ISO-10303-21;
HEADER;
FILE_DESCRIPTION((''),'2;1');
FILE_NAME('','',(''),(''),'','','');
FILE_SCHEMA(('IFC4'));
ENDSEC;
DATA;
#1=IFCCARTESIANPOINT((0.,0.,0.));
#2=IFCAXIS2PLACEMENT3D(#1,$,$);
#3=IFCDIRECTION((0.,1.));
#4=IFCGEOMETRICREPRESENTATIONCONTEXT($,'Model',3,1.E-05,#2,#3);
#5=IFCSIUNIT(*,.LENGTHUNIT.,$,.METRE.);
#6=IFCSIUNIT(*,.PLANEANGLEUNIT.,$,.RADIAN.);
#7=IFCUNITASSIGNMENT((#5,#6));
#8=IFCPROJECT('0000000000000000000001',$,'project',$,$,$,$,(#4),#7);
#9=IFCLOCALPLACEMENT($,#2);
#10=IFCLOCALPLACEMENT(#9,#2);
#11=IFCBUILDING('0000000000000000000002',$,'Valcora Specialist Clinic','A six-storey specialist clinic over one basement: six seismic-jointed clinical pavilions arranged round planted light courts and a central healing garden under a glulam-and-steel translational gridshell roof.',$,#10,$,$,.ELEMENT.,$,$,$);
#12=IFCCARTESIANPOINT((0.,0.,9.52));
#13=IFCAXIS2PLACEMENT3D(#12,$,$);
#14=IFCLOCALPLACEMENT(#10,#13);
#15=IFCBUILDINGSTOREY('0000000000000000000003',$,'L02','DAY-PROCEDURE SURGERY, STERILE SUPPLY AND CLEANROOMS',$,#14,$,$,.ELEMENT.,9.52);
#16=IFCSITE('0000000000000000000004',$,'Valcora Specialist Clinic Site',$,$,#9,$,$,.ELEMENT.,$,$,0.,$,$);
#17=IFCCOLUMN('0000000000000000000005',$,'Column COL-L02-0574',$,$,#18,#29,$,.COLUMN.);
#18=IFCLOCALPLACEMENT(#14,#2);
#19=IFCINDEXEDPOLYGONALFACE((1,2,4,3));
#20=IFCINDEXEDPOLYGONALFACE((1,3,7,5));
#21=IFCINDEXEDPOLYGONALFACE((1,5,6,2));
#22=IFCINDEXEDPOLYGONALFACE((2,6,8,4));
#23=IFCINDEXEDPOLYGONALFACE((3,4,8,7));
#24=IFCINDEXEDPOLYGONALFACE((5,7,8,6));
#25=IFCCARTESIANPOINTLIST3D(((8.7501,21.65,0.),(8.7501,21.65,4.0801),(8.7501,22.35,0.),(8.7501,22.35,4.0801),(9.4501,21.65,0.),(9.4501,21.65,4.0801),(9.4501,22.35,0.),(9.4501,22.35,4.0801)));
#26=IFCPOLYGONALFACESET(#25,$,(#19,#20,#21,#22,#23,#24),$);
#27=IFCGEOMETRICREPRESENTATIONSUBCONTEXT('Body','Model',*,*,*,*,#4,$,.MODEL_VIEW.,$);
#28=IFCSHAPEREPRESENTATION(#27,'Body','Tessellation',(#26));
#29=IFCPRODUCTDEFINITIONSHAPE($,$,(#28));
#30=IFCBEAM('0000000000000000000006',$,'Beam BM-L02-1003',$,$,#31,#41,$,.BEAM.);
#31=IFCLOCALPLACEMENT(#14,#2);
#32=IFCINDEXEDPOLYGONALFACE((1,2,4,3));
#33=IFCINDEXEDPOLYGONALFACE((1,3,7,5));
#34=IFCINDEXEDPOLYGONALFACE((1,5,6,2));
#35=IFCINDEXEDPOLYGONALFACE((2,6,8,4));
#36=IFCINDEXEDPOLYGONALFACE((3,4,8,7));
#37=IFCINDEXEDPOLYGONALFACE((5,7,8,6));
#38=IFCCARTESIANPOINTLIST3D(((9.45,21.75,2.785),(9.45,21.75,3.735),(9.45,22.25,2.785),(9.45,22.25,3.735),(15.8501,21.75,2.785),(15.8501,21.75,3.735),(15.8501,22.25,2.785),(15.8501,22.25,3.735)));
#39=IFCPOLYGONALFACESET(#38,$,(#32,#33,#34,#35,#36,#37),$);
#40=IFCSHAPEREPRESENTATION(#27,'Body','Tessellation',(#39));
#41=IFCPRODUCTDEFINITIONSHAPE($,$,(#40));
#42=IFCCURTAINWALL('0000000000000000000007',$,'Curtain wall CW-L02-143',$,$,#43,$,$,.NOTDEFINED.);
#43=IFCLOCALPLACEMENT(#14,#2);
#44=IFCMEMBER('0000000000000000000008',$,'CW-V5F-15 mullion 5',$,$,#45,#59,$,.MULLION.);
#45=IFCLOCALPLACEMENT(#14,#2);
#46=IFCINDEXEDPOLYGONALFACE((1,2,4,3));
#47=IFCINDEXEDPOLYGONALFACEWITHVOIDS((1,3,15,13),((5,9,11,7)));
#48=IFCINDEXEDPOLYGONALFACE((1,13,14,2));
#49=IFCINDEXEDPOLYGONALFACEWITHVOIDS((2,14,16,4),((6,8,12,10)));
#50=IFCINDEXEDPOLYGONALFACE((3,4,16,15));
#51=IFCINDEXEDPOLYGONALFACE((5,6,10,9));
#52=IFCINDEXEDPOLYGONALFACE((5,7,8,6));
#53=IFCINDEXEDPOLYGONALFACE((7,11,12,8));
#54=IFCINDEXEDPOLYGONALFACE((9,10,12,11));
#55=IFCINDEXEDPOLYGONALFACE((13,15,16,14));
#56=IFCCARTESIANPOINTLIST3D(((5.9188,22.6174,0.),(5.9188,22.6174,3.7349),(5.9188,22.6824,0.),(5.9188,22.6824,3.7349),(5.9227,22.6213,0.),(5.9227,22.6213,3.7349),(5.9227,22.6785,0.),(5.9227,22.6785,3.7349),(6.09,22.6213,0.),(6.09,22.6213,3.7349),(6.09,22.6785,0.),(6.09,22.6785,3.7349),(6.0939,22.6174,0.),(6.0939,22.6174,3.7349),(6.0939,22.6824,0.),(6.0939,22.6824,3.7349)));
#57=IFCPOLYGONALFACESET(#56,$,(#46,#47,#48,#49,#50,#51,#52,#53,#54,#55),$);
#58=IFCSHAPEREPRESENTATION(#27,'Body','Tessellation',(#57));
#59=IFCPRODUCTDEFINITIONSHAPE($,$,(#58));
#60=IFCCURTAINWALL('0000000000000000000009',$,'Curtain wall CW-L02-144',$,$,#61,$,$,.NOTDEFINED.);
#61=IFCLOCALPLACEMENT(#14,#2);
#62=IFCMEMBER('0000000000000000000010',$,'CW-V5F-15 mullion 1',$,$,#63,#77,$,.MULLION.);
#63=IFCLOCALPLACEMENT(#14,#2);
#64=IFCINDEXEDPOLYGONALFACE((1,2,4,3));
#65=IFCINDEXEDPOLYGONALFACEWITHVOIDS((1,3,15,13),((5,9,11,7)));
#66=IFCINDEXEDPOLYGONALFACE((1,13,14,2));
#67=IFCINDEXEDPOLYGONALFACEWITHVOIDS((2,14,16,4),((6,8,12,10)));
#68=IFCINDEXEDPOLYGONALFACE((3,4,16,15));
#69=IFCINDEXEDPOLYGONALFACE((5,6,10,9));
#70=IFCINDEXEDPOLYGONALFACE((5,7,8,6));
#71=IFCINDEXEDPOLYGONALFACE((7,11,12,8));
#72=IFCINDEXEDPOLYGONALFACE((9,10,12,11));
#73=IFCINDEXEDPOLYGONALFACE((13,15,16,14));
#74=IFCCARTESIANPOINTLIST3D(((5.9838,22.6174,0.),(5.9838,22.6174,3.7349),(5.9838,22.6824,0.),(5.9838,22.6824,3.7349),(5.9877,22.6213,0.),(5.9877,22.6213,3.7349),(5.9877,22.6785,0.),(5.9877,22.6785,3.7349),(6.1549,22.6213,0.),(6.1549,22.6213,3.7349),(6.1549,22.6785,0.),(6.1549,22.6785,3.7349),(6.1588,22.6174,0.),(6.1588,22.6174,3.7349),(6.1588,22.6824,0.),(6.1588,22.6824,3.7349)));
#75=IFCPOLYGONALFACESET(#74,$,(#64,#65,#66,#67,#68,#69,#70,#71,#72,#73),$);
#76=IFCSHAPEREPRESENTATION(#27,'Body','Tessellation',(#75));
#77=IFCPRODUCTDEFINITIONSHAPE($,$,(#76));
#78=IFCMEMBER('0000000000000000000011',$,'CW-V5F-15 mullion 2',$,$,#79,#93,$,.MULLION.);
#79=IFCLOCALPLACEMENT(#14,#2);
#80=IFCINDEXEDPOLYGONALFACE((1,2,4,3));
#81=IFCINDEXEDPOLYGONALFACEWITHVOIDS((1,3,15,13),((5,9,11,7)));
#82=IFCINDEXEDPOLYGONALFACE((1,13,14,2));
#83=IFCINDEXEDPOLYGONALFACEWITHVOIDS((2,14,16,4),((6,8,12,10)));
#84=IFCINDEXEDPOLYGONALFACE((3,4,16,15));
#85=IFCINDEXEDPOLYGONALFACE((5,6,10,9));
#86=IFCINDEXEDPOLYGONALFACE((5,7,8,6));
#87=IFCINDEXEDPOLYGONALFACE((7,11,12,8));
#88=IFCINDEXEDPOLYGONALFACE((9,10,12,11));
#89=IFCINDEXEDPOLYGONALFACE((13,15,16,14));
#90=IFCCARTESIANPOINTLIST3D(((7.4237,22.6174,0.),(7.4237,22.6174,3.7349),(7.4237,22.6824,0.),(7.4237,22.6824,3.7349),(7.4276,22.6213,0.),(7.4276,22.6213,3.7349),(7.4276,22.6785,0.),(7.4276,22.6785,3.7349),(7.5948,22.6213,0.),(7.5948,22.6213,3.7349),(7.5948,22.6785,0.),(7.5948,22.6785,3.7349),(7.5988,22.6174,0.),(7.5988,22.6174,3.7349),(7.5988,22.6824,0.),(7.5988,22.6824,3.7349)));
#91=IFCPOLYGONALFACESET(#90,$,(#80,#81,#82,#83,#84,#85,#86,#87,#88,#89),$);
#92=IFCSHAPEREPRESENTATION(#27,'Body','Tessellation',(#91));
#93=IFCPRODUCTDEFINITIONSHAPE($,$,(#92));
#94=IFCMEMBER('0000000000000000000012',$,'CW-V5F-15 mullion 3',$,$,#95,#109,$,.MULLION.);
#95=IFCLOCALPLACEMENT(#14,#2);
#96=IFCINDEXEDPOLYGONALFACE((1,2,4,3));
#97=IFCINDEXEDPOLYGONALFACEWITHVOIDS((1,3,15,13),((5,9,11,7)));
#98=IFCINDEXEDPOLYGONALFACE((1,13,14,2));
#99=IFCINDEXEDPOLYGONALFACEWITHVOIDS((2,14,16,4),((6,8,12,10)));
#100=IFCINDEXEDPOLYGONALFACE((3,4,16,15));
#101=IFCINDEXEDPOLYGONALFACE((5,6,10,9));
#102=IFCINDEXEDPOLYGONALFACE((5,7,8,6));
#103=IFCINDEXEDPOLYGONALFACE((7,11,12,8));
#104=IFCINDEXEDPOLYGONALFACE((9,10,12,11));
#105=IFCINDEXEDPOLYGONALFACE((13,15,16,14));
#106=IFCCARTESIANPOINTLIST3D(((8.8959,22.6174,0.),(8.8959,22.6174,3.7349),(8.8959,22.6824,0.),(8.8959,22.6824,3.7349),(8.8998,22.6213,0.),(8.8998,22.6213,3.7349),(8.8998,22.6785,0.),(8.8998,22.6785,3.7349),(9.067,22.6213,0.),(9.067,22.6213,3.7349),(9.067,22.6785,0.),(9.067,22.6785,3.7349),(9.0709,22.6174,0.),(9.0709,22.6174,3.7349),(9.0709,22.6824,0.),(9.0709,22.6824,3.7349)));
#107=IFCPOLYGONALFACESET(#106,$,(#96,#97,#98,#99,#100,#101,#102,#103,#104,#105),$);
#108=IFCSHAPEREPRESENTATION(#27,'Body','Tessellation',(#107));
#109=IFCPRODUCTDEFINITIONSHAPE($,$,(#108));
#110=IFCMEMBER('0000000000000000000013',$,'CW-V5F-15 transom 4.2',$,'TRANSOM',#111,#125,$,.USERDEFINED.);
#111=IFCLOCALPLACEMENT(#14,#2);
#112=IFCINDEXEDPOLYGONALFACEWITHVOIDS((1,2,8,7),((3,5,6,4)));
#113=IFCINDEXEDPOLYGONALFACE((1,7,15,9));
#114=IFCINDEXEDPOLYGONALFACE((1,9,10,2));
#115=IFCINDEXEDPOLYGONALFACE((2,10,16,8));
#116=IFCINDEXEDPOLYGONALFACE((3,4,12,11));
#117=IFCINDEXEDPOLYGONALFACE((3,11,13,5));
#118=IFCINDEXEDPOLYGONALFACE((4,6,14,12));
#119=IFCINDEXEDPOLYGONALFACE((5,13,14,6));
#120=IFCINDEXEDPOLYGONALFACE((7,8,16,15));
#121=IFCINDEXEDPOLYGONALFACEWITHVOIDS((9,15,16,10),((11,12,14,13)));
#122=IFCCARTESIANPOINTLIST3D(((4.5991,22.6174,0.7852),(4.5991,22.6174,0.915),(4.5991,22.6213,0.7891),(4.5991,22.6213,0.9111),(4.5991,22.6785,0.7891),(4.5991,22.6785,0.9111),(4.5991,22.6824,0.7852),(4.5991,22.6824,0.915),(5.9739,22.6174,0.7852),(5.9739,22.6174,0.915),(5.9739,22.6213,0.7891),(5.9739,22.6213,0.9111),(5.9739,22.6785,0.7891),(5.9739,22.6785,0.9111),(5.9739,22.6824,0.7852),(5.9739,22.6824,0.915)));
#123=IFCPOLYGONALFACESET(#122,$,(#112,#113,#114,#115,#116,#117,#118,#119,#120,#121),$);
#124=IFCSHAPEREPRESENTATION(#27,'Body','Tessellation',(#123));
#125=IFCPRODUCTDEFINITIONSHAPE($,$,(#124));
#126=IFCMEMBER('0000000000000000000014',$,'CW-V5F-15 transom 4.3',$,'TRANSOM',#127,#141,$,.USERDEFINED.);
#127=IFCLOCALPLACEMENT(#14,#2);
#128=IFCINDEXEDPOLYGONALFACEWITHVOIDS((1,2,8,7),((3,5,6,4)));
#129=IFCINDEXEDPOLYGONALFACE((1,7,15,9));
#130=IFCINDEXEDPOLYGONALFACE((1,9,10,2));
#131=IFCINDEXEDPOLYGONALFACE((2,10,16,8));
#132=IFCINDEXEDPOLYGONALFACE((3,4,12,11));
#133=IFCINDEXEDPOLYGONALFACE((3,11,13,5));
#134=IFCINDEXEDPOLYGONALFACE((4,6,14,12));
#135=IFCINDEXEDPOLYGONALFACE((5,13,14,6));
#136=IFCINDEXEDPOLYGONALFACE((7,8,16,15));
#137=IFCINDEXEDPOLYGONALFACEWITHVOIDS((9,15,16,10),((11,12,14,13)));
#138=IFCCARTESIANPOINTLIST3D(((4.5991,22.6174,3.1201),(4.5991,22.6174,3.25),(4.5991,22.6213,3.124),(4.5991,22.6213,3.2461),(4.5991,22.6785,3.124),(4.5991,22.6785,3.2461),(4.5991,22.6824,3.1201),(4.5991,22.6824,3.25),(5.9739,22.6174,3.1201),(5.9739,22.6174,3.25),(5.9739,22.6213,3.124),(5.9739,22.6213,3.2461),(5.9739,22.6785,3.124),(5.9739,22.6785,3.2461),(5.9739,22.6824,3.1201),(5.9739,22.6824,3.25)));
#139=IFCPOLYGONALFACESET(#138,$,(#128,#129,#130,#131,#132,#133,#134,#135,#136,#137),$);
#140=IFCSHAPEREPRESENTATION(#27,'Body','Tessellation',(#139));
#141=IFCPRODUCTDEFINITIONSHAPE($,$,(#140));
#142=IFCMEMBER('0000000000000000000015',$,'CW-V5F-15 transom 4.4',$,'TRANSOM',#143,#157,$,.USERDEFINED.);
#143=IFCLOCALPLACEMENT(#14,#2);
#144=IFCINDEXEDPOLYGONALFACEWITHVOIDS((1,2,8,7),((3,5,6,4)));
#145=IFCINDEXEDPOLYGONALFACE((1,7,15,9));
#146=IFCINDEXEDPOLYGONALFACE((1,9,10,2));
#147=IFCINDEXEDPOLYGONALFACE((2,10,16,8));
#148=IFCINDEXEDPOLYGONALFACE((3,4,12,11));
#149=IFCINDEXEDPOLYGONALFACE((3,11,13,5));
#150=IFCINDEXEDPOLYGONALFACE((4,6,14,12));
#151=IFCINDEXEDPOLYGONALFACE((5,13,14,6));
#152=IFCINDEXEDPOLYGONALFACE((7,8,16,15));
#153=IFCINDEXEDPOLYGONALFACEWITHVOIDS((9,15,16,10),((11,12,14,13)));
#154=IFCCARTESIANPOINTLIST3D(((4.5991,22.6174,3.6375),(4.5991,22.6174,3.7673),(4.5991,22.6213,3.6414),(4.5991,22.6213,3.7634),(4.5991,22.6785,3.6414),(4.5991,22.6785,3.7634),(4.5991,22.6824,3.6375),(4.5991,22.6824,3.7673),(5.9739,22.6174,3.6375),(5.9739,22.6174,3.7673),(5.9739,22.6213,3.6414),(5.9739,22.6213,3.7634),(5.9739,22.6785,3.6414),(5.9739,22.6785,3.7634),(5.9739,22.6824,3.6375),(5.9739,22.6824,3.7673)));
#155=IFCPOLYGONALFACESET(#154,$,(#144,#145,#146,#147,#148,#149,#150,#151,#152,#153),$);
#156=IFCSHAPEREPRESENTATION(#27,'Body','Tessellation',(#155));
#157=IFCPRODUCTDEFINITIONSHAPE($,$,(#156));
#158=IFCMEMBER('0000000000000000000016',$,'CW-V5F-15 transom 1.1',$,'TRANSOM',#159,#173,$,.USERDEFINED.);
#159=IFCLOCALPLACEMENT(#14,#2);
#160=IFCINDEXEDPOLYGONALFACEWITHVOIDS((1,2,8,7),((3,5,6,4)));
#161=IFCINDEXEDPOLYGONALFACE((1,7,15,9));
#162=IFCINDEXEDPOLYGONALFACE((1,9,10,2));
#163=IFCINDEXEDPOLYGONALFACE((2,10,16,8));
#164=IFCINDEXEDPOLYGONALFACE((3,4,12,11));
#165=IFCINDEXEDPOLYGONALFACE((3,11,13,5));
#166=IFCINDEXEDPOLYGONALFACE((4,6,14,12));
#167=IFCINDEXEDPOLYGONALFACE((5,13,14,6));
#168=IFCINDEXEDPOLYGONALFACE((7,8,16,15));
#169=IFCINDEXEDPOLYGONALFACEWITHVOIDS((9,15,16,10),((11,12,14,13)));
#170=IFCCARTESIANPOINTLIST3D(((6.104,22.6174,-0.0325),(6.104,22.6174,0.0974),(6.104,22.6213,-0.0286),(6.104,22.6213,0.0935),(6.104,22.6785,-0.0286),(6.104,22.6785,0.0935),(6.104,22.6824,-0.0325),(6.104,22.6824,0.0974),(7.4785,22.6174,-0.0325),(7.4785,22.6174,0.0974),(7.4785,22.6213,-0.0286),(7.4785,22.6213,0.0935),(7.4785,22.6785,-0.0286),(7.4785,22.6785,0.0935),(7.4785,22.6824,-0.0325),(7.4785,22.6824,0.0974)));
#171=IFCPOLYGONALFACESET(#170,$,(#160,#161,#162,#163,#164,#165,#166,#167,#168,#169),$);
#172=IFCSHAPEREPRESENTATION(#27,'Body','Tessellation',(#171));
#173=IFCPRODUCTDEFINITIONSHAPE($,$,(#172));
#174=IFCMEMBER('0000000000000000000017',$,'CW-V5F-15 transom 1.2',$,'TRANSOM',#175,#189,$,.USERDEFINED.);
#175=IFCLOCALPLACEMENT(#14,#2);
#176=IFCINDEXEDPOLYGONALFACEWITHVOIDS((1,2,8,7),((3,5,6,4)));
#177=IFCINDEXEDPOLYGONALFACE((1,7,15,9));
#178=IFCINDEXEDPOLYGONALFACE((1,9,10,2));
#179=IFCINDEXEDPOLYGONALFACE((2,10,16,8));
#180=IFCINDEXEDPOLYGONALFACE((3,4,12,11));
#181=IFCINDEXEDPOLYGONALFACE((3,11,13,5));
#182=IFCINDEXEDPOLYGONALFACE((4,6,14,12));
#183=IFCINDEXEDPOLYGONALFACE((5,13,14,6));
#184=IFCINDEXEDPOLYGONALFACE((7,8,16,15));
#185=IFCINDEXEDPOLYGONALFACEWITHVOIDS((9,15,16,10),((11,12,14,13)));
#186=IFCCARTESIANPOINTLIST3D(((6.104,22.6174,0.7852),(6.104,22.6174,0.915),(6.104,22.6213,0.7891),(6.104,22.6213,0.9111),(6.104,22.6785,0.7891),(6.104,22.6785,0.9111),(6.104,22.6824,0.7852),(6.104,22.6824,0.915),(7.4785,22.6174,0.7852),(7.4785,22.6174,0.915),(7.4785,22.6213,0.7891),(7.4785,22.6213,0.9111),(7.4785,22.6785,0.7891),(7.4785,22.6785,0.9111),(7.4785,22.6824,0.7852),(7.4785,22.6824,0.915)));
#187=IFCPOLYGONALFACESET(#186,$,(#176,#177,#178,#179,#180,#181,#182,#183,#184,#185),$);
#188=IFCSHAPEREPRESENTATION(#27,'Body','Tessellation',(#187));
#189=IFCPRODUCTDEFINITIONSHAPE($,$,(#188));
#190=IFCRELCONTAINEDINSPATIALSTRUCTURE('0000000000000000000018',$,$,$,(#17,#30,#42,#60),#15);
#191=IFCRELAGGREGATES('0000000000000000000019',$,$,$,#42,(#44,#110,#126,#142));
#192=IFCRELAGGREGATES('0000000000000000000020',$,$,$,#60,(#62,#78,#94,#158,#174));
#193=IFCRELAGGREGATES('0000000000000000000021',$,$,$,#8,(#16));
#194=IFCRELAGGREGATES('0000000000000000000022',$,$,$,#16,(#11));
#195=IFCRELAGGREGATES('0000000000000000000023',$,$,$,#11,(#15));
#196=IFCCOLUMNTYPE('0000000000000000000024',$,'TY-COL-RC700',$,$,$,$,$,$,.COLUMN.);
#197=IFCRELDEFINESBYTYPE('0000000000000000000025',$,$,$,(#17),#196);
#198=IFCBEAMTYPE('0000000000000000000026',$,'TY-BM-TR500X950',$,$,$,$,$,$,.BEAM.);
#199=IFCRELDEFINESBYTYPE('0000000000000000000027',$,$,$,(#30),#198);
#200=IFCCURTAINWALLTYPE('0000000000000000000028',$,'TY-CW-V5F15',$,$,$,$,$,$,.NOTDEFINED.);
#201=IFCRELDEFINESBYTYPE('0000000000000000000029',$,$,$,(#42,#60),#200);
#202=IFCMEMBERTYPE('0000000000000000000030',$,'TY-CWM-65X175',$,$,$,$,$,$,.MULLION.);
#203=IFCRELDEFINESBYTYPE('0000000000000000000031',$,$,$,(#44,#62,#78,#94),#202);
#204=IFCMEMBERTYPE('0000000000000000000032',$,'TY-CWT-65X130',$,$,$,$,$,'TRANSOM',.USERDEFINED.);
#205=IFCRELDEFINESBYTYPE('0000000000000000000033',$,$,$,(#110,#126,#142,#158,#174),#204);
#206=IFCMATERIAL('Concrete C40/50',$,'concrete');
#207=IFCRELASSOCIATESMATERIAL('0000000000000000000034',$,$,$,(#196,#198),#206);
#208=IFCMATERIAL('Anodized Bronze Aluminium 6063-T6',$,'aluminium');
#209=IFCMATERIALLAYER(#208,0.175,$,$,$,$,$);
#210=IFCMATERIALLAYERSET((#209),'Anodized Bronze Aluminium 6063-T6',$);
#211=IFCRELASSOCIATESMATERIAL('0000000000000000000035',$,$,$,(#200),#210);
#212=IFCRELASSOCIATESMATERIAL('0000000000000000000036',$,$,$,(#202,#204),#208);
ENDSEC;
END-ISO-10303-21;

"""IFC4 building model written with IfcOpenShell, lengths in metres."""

from ifc_helpers import new_model, si_unit, direction, frame, origin, origin_2d, place, context, subcontext, project, spatial, rectangle, hollow_rectangle, extrude, material, layer, layer_set, material_profile, profile_set, type_object, element, aggregate, save


model = new_model("IFC4")

# Units and contexts
model_context = context("Model", 3, precision=1e-05, world=origin(), true_north=direction((0.0, 1.0)))
body_context = subcontext(model_context, "Body", "Model", "MODEL_VIEW")
ifc_project = project(units=[si_unit("LENGTHUNIT", "METRE"), si_unit("PLANEANGLEUNIT", "RADIAN")], contexts=[model_context])

# Site, building, storey
site_placement = place(None, origin())
site = spatial("IfcSite", under=ifc_project, at=site_placement, Name="Valcora Specialist Clinic Site", CompositionType="ELEMENT", RefElevation=0.0)
building_placement = place(site_placement, origin())
building = spatial("IfcBuilding", under=site, at=building_placement, Name="Valcora Specialist Clinic", Description="A six-storey specialist clinic over one basement: six seismic-jointed clinical pavilions arranged round planted light courts and a central healing garden under a glulam-and-steel translational gridshell roof.", CompositionType="ELEMENT")
storey_placement = place(building_placement, frame((0.0, 0.0, 9.52)))
storey = spatial("IfcBuildingStorey", under=building, at=storey_placement, Name="L02", Description="DAY-PROCEDURE SURGERY, STERILE SUPPLY AND CLEANROOMS", CompositionType="ELEMENT", Elevation=9.52)

# Column
ifc_material_1 = material(Name="Concrete C40/50", Category="concrete")
ifc_material_profile_1 = material_profile(ifc_material_1, rectangle(XDim=0.7, YDim=0.7, at=origin_2d()), Name="RC-COL-700X700")
ifc_profile_set_1 = profile_set([ifc_material_profile_1], Name="Concrete C40/50")
column_type = type_object("IfcColumnType", Name="TY-COL-RC700", PredefinedType="COLUMN", material=ifc_profile_set_1)
column_placement = place(storey_placement, frame((9.1001, 22.0, 0.0), z_axis=(0.0, 0.0, 1.0), x_axis=(1.0, 0.0, 0.0)))
element("IfcColumn", 1, at=column_placement, inside=storey, type_object=column_type, Name="Column COL-L02-0574", PredefinedType="COLUMN", context=body_context, shape_type="SweptSolid", body=[
    extrude(rectangle(XDim=0.7, YDim=0.7, at=origin_2d()), origin(), (0.0, 0.0, 1.0), 4.0801),
])

# Beam
ifc_material_profile_2 = material_profile(ifc_material_1, rectangle(XDim=0.5, YDim=0.95, at=origin_2d()), Name="RC-BM-500X950")
ifc_profile_set_2 = profile_set([ifc_material_profile_2], Name="Concrete C40/50")
beam_type = type_object("IfcBeamType", Name="TY-BM-TR500X950", PredefinedType="BEAM", material=ifc_profile_set_2)
beam_placement = place(storey_placement, frame((9.45, 22.0, 3.26), z_axis=(1.0, 0.0, 0.0), x_axis=(0.0, 1.0, 0.0)))
element("IfcBeam", 2, at=beam_placement, inside=storey, type_object=beam_type, Name="Beam BM-L02-1003", PredefinedType="BEAM", context=body_context, shape_type="SweptSolid", body=[
    extrude(rectangle(XDim=0.5, YDim=0.95, at=origin_2d()), origin(), (0.0, 0.0, 1.0), 6.4001),
])

# Curtain wall, member
ifc_material_2 = material(Name="Anodized Bronze Aluminium 6063-T6", Category="aluminium")
ifc_layer_1 = layer(ifc_material_2, 0.175)
ifc_layer_set_1 = layer_set([ifc_layer_1], Name="Anodized Bronze Aluminium 6063-T6")
curtain_wall_type = type_object("IfcCurtainWallType", Name="TY-CW-V5F15", PredefinedType="NOTDEFINED", material=ifc_layer_set_1)
curtain_wall_1_placement = place(storey_placement, origin())
curtain_wall_1 = element("IfcCurtainWall", 3, at=curtain_wall_1_placement, inside=storey, type_object=curtain_wall_type, Name="Curtain wall CW-L02-143", PredefinedType="NOTDEFINED")
ifc_material_profile_3 = material_profile(ifc_material_2, hollow_rectangle(XDim=0.0649, YDim=0.175, WallThickness=0.0039, at=origin_2d()), Name="AL-MUL-65X175")
ifc_profile_set_3 = profile_set([ifc_material_profile_3], Name="Anodized Bronze Aluminium 6063-T6")
member_type_1 = type_object("IfcMemberType", Name="TY-CWM-65X175", PredefinedType="MULLION", material=ifc_profile_set_3)
member_1_placement = place(storey_placement, frame((6.0063, 22.6499, 0.0), z_axis=(0.0, 0.0, 1.0), x_axis=(0.0, 1.0, 0.0)))
member_1 = element("IfcMember", 4, at=member_1_placement, type_object=member_type_1, Name="CW-V5F-15 mullion 5", PredefinedType="MULLION", context=body_context, shape_type="SweptSolid", body=[
    extrude(hollow_rectangle(XDim=0.0649, YDim=0.175, WallThickness=0.0039, at=origin_2d()), origin(), (0.0, 0.0, 1.0), 3.7349),
])

# Curtain wall, members
curtain_wall_2_placement = place(storey_placement, origin())
curtain_wall_2 = element("IfcCurtainWall", 5, at=curtain_wall_2_placement, inside=storey, type_object=curtain_wall_type, Name="Curtain wall CW-L02-144", PredefinedType="NOTDEFINED")
member_2_placement = place(storey_placement, frame((6.0713, 22.6499, 0.0), z_axis=(0.0, 0.0, 1.0), x_axis=(0.0, 1.0, 0.0)))
member_2 = element("IfcMember", 6, at=member_2_placement, type_object=member_type_1, Name="CW-V5F-15 mullion 1", PredefinedType="MULLION", context=body_context, shape_type="SweptSolid", body=[
    extrude(hollow_rectangle(XDim=0.0649, YDim=0.175, WallThickness=0.0039, at=origin_2d()), origin(), (0.0, 0.0, 1.0), 3.7349),
])
member_3_placement = place(storey_placement, frame((7.5112, 22.6499, 0.0), z_axis=(0.0, 0.0, 1.0), x_axis=(0.0, 1.0, 0.0)))
member_3 = element("IfcMember", 7, at=member_3_placement, type_object=member_type_1, Name="CW-V5F-15 mullion 2", PredefinedType="MULLION", context=body_context, shape_type="SweptSolid", body=[
    extrude(hollow_rectangle(XDim=0.0649, YDim=0.175, WallThickness=0.0039, at=origin_2d()), origin(), (0.0, 0.0, 1.0), 3.7349),
])
member_4_placement = place(storey_placement, frame((8.9834, 22.6499, 0.0), z_axis=(0.0, 0.0, 1.0), x_axis=(0.0, 1.0, 0.0)))
member_4 = element("IfcMember", 8, at=member_4_placement, type_object=member_type_1, Name="CW-V5F-15 mullion 3", PredefinedType="MULLION", context=body_context, shape_type="SweptSolid", body=[
    extrude(hollow_rectangle(XDim=0.0649, YDim=0.175, WallThickness=0.0039, at=origin_2d()), origin(), (0.0, 0.0, 1.0), 3.7349),
])

# Members
ifc_material_profile_4 = material_profile(ifc_material_2, hollow_rectangle(XDim=0.0649, YDim=0.1299, WallThickness=0.0039, at=origin_2d()), Name="AL-TRN-65X130")
ifc_profile_set_4 = profile_set([ifc_material_profile_4], Name="Anodized Bronze Aluminium 6063-T6")
member_type_2 = type_object("IfcMemberType", Name="TY-CWT-65X130", ElementType="TRANSOM", PredefinedType="USERDEFINED", material=ifc_profile_set_4)
member_5_placement = place(storey_placement, frame((4.5991, 22.6499, 0.8501), z_axis=(1.0, 0.0, 0.0), x_axis=(0.0, 1.0, 0.0)))
member_5 = element("IfcMember", 9, at=member_5_placement, type_object=member_type_2, Name="CW-V5F-15 transom 4.2", ObjectType="TRANSOM", PredefinedType="USERDEFINED", context=body_context, shape_type="SweptSolid", body=[
    extrude(hollow_rectangle(XDim=0.0649, YDim=0.1299, WallThickness=0.0039, at=origin_2d()), origin(), (0.0, 0.0, 1.0), 1.3748),
])
member_6_placement = place(storey_placement, frame((4.5991, 22.6499, 3.1851), z_axis=(1.0, 0.0, 0.0), x_axis=(0.0, 1.0, 0.0)))
member_6 = element("IfcMember", 10, at=member_6_placement, type_object=member_type_2, Name="CW-V5F-15 transom 4.3", ObjectType="TRANSOM", PredefinedType="USERDEFINED", context=body_context, shape_type="SweptSolid", body=[
    extrude(hollow_rectangle(XDim=0.0649, YDim=0.1299, WallThickness=0.0039, at=origin_2d()), origin(), (0.0, 0.0, 1.0), 1.3748),
])
member_7_placement = place(storey_placement, frame((4.5991, 22.6499, 3.7024), z_axis=(1.0, 0.0, 0.0), x_axis=(0.0, 1.0, 0.0)))
member_7 = element("IfcMember", 11, at=member_7_placement, type_object=member_type_2, Name="CW-V5F-15 transom 4.4", ObjectType="TRANSOM", PredefinedType="USERDEFINED", context=body_context, shape_type="SweptSolid", body=[
    extrude(hollow_rectangle(XDim=0.0649, YDim=0.1299, WallThickness=0.0039, at=origin_2d()), origin(), (0.0, 0.0, 1.0), 1.3748),
])
member_8_placement = place(storey_placement, frame((6.104, 22.6499, 0.0325), z_axis=(1.0, 0.0, 0.0), x_axis=(0.0, 1.0, 0.0)))
member_8 = element("IfcMember", 12, at=member_8_placement, type_object=member_type_2, Name="CW-V5F-15 transom 1.1", ObjectType="TRANSOM", PredefinedType="USERDEFINED", context=body_context, shape_type="SweptSolid", body=[
    extrude(hollow_rectangle(XDim=0.0649, YDim=0.1299, WallThickness=0.0039, at=origin_2d()), origin(), (0.0, 0.0, 1.0), 1.3745),
])
member_9_placement = place(storey_placement, frame((6.104, 22.6499, 0.8501), z_axis=(1.0, 0.0, 0.0), x_axis=(0.0, 1.0, 0.0)))
member_9 = element("IfcMember", 13, at=member_9_placement, type_object=member_type_2, Name="CW-V5F-15 transom 1.2", ObjectType="TRANSOM", PredefinedType="USERDEFINED", context=body_context, shape_type="SweptSolid", body=[
    extrude(hollow_rectangle(XDim=0.0649, YDim=0.1299, WallThickness=0.0039, at=origin_2d()), origin(), (0.0, 0.0, 1.0), 1.3745),
])

aggregate(curtain_wall_1, [member_1, member_5, member_6, member_7])
aggregate(curtain_wall_2, [member_2, member_3, member_4, member_8, member_9])

save(model, "model.ifc")
